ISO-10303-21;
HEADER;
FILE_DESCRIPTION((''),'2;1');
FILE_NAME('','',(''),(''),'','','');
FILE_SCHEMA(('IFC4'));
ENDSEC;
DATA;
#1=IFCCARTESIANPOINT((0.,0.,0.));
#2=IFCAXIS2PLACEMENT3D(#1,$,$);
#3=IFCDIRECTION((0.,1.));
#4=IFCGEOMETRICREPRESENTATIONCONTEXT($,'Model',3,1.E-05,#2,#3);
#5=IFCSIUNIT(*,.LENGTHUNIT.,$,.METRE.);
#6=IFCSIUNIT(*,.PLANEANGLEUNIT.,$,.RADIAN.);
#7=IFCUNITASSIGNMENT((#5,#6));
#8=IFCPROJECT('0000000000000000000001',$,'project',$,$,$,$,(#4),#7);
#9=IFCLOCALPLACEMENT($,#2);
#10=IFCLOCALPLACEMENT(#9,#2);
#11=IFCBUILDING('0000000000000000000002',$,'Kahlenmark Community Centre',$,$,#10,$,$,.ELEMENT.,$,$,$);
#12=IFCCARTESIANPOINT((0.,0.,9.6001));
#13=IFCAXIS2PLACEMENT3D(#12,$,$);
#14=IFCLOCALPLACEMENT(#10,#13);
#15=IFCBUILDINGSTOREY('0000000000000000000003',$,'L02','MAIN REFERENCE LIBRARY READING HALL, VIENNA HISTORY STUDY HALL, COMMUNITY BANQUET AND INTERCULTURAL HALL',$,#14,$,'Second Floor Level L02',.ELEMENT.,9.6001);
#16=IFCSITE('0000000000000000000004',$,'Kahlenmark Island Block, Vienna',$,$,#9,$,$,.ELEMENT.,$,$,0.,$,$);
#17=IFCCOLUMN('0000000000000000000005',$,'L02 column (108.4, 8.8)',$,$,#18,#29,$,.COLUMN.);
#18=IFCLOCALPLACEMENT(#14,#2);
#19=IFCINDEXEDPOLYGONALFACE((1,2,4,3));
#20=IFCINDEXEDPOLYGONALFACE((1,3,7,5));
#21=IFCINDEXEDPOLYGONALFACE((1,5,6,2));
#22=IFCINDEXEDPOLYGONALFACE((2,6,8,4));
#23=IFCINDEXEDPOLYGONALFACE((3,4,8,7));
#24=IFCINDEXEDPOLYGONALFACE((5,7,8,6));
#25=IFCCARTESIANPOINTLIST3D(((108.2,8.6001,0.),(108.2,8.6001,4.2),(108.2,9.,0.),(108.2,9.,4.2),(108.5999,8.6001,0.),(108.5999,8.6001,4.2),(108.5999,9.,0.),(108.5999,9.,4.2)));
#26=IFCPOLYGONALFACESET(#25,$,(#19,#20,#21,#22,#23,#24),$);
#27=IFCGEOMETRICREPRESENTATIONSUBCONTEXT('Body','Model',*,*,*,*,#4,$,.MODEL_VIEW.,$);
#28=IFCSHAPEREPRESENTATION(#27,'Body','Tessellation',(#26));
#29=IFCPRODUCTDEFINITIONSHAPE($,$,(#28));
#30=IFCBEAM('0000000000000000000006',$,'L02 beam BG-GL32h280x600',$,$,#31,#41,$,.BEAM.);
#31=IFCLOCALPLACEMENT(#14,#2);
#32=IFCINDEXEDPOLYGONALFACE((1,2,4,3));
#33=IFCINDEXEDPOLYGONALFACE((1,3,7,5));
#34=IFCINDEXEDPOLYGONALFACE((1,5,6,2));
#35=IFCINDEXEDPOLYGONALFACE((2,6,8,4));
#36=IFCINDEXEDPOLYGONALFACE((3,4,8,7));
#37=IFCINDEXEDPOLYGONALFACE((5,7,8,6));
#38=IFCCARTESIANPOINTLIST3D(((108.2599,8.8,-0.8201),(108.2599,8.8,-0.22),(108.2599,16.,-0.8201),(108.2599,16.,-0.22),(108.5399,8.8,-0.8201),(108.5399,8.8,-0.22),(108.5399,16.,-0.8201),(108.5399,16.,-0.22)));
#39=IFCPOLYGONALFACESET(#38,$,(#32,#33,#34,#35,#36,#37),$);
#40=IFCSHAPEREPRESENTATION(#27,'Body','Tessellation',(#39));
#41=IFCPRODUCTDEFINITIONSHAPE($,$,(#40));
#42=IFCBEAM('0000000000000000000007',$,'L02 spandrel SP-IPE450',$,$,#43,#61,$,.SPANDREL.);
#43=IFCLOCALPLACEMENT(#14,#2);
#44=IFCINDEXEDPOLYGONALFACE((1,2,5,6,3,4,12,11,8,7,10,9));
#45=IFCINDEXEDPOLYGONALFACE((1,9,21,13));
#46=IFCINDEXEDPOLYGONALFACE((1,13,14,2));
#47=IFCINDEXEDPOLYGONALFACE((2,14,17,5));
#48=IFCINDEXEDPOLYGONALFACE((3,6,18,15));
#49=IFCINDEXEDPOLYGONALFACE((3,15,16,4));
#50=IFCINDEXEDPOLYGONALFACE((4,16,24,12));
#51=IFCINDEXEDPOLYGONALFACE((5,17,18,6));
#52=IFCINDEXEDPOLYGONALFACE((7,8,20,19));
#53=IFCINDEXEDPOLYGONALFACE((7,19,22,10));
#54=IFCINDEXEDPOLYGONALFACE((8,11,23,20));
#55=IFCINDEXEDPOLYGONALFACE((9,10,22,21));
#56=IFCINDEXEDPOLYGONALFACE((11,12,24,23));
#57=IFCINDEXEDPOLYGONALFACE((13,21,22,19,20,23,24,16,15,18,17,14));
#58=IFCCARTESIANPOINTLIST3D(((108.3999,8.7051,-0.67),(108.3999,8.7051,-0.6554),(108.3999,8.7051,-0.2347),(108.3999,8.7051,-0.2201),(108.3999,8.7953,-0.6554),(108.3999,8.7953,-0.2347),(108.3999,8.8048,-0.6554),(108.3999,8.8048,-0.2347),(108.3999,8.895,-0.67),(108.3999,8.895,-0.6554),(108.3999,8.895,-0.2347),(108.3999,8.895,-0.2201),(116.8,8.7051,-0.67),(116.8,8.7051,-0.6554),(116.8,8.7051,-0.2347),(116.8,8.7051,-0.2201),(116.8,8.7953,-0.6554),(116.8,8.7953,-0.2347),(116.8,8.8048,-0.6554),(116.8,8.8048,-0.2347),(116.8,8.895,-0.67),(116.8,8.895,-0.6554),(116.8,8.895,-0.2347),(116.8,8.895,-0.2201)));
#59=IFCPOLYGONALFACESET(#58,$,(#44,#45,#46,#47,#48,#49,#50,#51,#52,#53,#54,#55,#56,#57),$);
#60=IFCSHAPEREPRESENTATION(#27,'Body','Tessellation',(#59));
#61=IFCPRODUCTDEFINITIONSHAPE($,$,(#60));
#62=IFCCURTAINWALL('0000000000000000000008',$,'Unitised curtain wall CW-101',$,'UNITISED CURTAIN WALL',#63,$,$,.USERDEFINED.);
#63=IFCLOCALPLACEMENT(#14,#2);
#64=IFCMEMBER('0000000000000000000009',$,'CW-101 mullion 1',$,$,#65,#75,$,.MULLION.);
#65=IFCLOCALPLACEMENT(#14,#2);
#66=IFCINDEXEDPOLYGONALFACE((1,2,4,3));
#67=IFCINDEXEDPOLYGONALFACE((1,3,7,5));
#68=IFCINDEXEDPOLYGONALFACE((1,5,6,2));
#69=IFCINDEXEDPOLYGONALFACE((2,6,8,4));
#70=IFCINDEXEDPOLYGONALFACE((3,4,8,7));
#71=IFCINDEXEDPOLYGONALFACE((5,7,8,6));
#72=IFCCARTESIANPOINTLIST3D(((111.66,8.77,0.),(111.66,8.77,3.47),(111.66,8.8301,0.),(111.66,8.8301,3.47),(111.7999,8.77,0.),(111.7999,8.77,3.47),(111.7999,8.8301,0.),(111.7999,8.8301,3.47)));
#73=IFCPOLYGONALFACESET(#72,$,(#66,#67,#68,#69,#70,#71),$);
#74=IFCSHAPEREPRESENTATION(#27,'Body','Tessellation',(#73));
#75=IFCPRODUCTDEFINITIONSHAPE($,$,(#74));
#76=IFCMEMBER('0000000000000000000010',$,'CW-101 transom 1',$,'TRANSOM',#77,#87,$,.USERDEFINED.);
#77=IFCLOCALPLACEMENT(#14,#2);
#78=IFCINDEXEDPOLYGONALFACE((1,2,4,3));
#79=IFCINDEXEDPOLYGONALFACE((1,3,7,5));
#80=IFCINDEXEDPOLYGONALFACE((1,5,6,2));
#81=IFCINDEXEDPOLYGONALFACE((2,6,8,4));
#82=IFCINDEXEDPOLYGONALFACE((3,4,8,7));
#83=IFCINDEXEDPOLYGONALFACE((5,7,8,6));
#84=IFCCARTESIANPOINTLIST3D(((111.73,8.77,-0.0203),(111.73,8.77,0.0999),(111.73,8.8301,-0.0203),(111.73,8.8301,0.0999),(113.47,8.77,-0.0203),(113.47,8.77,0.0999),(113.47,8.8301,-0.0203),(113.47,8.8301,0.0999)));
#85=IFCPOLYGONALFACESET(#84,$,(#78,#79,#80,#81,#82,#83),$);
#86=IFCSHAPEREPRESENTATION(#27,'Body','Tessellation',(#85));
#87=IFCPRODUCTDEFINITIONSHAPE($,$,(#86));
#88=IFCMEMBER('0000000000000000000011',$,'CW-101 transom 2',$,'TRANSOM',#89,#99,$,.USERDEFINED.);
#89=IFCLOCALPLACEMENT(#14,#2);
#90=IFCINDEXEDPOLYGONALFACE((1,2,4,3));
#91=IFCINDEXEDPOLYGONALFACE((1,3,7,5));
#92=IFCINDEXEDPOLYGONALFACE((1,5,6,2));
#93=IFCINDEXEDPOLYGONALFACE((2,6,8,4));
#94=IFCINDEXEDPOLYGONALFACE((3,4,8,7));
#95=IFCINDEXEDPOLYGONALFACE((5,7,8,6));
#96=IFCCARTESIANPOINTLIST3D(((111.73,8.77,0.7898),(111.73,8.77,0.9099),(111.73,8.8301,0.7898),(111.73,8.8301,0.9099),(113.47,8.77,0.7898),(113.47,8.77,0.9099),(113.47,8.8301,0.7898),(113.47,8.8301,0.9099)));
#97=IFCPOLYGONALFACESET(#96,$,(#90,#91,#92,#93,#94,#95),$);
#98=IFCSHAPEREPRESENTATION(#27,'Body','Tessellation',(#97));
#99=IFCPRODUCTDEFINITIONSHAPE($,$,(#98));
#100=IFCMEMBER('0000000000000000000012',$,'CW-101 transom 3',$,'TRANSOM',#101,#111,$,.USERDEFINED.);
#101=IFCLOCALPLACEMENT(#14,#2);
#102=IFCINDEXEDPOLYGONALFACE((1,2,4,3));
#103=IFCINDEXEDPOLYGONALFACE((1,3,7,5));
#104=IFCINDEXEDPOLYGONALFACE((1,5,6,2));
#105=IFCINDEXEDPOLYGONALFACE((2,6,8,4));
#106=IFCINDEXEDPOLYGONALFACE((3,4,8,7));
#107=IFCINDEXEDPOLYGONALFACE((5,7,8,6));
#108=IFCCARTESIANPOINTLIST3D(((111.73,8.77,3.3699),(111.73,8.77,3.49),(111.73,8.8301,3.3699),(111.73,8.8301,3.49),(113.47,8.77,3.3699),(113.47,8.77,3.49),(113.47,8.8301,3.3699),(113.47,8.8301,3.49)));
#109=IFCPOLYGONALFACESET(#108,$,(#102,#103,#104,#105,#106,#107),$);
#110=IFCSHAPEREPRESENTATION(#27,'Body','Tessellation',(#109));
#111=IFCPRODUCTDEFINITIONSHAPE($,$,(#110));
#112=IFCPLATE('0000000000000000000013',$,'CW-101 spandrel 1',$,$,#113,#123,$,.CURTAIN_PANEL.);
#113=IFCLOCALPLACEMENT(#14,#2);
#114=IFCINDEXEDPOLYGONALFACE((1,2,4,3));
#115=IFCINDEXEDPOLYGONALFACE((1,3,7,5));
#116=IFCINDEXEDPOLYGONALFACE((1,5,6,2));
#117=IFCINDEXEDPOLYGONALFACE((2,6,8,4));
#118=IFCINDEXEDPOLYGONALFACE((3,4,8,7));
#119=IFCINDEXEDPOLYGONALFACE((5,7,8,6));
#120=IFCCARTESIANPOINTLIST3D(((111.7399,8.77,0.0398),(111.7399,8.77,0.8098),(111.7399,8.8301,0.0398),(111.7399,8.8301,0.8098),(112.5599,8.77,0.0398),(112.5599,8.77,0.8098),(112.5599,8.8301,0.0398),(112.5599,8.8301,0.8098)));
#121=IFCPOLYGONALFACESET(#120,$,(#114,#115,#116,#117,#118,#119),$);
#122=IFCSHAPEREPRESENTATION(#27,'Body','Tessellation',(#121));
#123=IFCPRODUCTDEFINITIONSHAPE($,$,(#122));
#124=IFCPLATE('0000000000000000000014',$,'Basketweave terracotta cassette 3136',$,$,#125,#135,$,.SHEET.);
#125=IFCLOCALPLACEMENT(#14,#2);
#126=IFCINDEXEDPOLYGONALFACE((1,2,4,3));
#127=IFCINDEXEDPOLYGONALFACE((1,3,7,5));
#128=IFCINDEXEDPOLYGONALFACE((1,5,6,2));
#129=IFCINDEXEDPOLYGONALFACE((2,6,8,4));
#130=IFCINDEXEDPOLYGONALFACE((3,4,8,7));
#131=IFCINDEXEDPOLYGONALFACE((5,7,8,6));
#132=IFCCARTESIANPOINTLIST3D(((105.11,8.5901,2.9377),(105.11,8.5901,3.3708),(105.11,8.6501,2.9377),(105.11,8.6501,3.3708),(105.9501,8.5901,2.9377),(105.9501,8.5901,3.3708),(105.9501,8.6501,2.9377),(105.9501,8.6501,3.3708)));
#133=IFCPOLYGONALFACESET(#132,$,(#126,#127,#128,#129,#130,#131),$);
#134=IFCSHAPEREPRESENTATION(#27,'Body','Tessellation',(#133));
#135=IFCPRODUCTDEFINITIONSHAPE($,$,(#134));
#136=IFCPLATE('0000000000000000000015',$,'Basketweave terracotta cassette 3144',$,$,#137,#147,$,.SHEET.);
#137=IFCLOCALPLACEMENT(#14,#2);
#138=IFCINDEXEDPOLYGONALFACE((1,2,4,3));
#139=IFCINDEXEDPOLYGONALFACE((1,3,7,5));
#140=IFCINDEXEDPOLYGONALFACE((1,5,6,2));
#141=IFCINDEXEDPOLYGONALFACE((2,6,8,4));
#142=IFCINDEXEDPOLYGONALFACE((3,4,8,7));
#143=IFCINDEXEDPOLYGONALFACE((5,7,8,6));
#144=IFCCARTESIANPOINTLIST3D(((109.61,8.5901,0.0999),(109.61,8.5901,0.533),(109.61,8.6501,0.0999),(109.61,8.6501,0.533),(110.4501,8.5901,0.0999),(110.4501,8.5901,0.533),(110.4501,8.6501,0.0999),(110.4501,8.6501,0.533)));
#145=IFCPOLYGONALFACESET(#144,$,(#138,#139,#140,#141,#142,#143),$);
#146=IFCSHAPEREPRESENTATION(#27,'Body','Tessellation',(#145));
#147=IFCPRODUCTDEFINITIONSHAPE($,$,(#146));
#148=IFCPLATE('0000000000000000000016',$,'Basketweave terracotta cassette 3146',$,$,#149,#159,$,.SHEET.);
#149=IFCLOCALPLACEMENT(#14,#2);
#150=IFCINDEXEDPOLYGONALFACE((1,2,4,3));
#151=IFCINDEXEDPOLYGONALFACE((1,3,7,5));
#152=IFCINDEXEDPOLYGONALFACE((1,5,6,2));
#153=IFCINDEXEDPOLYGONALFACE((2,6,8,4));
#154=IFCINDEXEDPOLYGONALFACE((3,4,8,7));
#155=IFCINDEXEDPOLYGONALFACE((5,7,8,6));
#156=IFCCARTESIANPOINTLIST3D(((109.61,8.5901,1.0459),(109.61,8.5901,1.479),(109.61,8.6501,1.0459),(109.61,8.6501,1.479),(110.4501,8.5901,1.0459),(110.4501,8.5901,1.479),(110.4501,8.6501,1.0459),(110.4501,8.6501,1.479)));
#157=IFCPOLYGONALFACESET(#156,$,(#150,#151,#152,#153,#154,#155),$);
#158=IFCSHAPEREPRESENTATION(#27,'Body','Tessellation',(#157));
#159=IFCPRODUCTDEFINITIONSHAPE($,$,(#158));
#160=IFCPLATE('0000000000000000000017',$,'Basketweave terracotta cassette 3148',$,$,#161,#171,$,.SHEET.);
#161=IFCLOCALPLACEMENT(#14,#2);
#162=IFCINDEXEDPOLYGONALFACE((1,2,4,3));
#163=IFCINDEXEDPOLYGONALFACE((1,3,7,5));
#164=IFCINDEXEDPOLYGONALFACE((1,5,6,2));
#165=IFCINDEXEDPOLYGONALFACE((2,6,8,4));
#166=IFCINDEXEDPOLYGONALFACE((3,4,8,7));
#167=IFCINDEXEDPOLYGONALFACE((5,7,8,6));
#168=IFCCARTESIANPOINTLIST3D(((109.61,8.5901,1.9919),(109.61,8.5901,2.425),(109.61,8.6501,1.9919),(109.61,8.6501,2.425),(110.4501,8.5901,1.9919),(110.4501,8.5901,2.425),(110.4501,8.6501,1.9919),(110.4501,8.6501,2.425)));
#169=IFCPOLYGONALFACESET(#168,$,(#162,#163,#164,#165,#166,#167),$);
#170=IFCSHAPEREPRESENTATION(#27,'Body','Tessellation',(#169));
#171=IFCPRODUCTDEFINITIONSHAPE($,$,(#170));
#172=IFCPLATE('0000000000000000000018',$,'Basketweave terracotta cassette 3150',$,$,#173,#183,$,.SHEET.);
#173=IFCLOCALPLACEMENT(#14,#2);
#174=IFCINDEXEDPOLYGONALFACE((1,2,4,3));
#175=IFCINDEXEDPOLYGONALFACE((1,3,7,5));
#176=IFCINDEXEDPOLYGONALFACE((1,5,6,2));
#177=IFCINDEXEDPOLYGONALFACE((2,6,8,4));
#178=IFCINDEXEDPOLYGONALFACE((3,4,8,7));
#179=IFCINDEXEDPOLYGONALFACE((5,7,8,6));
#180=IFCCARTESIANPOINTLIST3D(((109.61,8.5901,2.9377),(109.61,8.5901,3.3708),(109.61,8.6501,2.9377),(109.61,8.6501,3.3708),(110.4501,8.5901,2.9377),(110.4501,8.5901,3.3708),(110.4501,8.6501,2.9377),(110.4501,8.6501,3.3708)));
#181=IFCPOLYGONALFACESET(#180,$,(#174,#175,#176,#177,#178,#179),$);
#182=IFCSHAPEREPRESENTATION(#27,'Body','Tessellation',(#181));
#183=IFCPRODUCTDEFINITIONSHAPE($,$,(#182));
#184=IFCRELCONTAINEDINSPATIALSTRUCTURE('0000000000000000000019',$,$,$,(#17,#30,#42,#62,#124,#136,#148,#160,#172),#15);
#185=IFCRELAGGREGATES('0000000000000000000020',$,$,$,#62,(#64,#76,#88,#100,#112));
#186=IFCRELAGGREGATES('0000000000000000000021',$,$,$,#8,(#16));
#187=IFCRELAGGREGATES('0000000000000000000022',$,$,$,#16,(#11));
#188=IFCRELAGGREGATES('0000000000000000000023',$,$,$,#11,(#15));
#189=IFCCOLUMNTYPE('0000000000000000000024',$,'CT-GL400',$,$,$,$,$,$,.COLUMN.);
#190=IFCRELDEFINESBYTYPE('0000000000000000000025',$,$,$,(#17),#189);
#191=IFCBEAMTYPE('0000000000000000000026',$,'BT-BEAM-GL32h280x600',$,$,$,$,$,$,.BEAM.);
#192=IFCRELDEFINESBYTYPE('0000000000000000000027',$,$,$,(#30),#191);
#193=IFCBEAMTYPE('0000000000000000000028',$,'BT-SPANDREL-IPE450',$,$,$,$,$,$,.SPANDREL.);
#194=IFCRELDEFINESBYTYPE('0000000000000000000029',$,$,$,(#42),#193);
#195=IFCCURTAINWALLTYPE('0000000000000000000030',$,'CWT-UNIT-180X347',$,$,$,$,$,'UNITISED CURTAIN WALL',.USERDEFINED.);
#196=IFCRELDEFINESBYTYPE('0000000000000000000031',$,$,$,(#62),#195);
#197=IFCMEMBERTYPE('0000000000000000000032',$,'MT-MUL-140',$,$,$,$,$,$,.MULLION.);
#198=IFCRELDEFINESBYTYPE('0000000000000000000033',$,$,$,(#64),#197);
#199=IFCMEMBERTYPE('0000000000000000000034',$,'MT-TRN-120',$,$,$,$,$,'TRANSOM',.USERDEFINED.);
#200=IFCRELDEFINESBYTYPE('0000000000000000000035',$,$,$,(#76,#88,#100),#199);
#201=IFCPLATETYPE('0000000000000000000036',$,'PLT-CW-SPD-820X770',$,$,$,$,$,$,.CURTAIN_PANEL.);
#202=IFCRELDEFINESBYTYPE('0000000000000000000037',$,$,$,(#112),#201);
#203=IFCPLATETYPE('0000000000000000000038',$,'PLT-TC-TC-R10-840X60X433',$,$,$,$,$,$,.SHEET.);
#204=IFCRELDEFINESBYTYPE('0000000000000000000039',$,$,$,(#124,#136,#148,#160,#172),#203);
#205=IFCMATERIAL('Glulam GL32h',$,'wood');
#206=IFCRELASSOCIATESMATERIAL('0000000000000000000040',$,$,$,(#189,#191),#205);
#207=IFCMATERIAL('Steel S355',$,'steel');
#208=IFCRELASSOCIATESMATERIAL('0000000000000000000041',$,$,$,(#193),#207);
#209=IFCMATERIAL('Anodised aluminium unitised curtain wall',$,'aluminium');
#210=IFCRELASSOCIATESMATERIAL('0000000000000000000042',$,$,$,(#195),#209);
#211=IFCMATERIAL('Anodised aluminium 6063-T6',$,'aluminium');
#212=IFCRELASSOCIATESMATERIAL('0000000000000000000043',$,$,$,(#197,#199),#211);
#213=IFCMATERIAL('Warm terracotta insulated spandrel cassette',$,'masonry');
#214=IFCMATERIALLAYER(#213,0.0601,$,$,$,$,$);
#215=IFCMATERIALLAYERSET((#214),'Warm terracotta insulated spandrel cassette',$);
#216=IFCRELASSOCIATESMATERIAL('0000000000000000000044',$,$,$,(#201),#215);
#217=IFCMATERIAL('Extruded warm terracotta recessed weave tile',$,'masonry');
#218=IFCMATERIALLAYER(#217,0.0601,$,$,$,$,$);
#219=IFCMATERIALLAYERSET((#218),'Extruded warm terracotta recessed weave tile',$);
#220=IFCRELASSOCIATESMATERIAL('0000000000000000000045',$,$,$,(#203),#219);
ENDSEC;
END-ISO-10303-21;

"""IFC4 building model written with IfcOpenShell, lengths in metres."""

from ifc_helpers import new_model, si_unit, direction, frame, origin, origin_2d, place, context, subcontext, project, spatial, rectangle, i_section, extrude, material, layer, layer_set, material_profile, profile_set, type_object, element, aggregate, save


model = new_model("IFC4")

# Units and contexts
model_context = context("Model", 3, precision=1e-05, world=origin(), true_north=direction((0.0, 1.0)))
body_context = subcontext(model_context, "Body", "Model", "MODEL_VIEW")
ifc_project = project(units=[si_unit("LENGTHUNIT", "METRE"), si_unit("PLANEANGLEUNIT", "RADIAN")], contexts=[model_context])

# Site, building, storey
site_placement = place(None, origin())
site = spatial("IfcSite", under=ifc_project, at=site_placement, Name="Kahlenmark Island Block, Vienna", CompositionType="ELEMENT", RefElevation=0.0)
building_placement = place(site_placement, origin())
building = spatial("IfcBuilding", under=site, at=building_placement, Name="Kahlenmark Community Centre", CompositionType="ELEMENT")
storey_placement = place(building_placement, frame((0.0, 0.0, 9.6001)))
storey = spatial("IfcBuildingStorey", under=building, at=storey_placement, Name="L02", Description="MAIN REFERENCE LIBRARY READING HALL, VIENNA HISTORY STUDY HALL, COMMUNITY BANQUET AND INTERCULTURAL HALL", LongName="Second Floor Level L02", CompositionType="ELEMENT", Elevation=9.6001)

# Column
ifc_material_1 = material(Name="Glulam GL32h", Category="wood")
ifc_material_profile_1 = material_profile(ifc_material_1, rectangle(XDim=0.3999, YDim=0.3999, at=origin_2d()), Name="GL32h 400x400")
ifc_profile_set_1 = profile_set([ifc_material_profile_1], Name="Glulam GL32h")
column_type = type_object("IfcColumnType", Name="CT-GL400", PredefinedType="COLUMN", material=ifc_profile_set_1)
column_placement = place(storey_placement, frame((108.3999, 8.8, 0.0), z_axis=(0.0, 0.0, 1.0), x_axis=(1.0, 0.0, 0.0)))
element("IfcColumn", 1, at=column_placement, inside=storey, type_object=column_type, Name="L02 column (108.4, 8.8)", PredefinedType="COLUMN", context=body_context, shape_type="SweptSolid", body=[
    extrude(rectangle(XDim=0.3999, YDim=0.3999, at=origin_2d()), origin(), (0.0, 0.0, 1.0), 4.2),
])

# Beams
ifc_material_profile_2 = material_profile(ifc_material_1, rectangle(XDim=0.28, YDim=0.6001, at=origin_2d()), Name="GL32h 280x600")
ifc_profile_set_2 = profile_set([ifc_material_profile_2], Name="Glulam GL32h")
beam_type_1 = type_object("IfcBeamType", Name="BT-BEAM-GL32h280x600", PredefinedType="BEAM", material=ifc_profile_set_2)
beam_1_placement = place(storey_placement, frame((108.3999, 8.8, -0.52), z_axis=(0.0, 1.0, 0.0), x_axis=(-1.0, 0.0, 0.0)))
element("IfcBeam", 2, at=beam_1_placement, inside=storey, type_object=beam_type_1, Name="L02 beam BG-GL32h280x600", PredefinedType="BEAM", context=body_context, shape_type="SweptSolid", body=[
    extrude(rectangle(XDim=0.28, YDim=0.6001, at=origin_2d()), origin(), (0.0, 0.0, 1.0), 7.2),
])
ifc_material_2 = material(Name="Steel S355", Category="steel")
ifc_material_profile_3 = material_profile(ifc_material_2, i_section(OverallWidth=0.1899, OverallDepth=0.45, WebThickness=0.0095, FlangeThickness=0.0146, at=origin_2d()), Name="IPE 450")
ifc_profile_set_3 = profile_set([ifc_material_profile_3], Name="Steel S355")
beam_type_2 = type_object("IfcBeamType", Name="BT-SPANDREL-IPE450", PredefinedType="SPANDREL", material=ifc_profile_set_3)
beam_2_placement = place(storey_placement, frame((108.3999, 8.8, -0.4451), z_axis=(1.0, 0.0, 0.0), x_axis=(0.0, 1.0, 0.0)))
element("IfcBeam", 3, at=beam_2_placement, inside=storey, type_object=beam_type_2, Name="L02 spandrel SP-IPE450", PredefinedType="SPANDREL", context=body_context, shape_type="SweptSolid", body=[
    extrude(i_section(OverallWidth=0.1899, OverallDepth=0.45, WebThickness=0.0095, FlangeThickness=0.0146, at=origin_2d()), origin(), (0.0, 0.0, 1.0), 8.4001),
])

# Curtain wall, members, plate
ifc_material_3 = material(Name="Anodised aluminium unitised curtain wall", Category="aluminium")
curtain_wall_type = type_object("IfcCurtainWallType", Name="CWT-UNIT-180X347", ElementType="UNITISED CURTAIN WALL", PredefinedType="USERDEFINED", material=ifc_material_3)
curtain_wall_placement = place(storey_placement, origin())
curtain_wall = element("IfcCurtainWall", 4, at=curtain_wall_placement, inside=storey, type_object=curtain_wall_type, Name="Unitised curtain wall CW-101", ObjectType="UNITISED CURTAIN WALL", PredefinedType="USERDEFINED")
ifc_material_4 = material(Name="Anodised aluminium 6063-T6", Category="aluminium")
ifc_material_profile_4 = material_profile(ifc_material_4, rectangle(XDim=0.0601, YDim=0.1399, at=origin_2d()), Name="ALU MULLION 60x140")
ifc_profile_set_4 = profile_set([ifc_material_profile_4], Name="Anodised aluminium 6063-T6")
member_type_1 = type_object("IfcMemberType", Name="MT-MUL-140", PredefinedType="MULLION", material=ifc_profile_set_4)
member_1_placement = place(storey_placement, frame((111.73, 8.8, 0.0), z_axis=(0.0, 0.0, 1.0), x_axis=(0.0, 1.0, 0.0)))
member_1 = element("IfcMember", 5, at=member_1_placement, type_object=member_type_1, Name="CW-101 mullion 1", PredefinedType="MULLION", context=body_context, shape_type="SweptSolid", body=[
    extrude(rectangle(XDim=0.0601, YDim=0.1399, at=origin_2d()), origin(), (0.0, 0.0, 1.0), 3.47),
])
ifc_material_profile_5 = material_profile(ifc_material_4, rectangle(XDim=0.0601, YDim=0.1201, at=origin_2d()), Name="ALU TRANSOM 60x120")
ifc_profile_set_5 = profile_set([ifc_material_profile_5], Name="Anodised aluminium 6063-T6")
member_type_2 = type_object("IfcMemberType", Name="MT-TRN-120", ElementType="TRANSOM", PredefinedType="USERDEFINED", material=ifc_profile_set_5)
member_2_placement = place(storey_placement, frame((111.73, 8.8, 0.0398), z_axis=(1.0, 0.0, 0.0), x_axis=(0.0, 1.0, 0.0)))
member_2 = element("IfcMember", 6, at=member_2_placement, type_object=member_type_2, Name="CW-101 transom 1", ObjectType="TRANSOM", PredefinedType="USERDEFINED", context=body_context, shape_type="SweptSolid", body=[
    extrude(rectangle(XDim=0.0601, YDim=0.1201, at=origin_2d()), origin(), (0.0, 0.0, 1.0), 1.74),
])
member_3_placement = place(storey_placement, frame((111.73, 8.8, 0.8499), z_axis=(1.0, 0.0, 0.0), x_axis=(0.0, 1.0, 0.0)))
member_3 = element("IfcMember", 7, at=member_3_placement, type_object=member_type_2, Name="CW-101 transom 2", ObjectType="TRANSOM", PredefinedType="USERDEFINED", context=body_context, shape_type="SweptSolid", body=[
    extrude(rectangle(XDim=0.0601, YDim=0.1201, at=origin_2d()), origin(), (0.0, 0.0, 1.0), 1.74),
])
member_4_placement = place(storey_placement, frame((111.73, 8.8, 3.4299), z_axis=(1.0, 0.0, 0.0), x_axis=(0.0, 1.0, 0.0)))
member_4 = element("IfcMember", 8, at=member_4_placement, type_object=member_type_2, Name="CW-101 transom 3", ObjectType="TRANSOM", PredefinedType="USERDEFINED", context=body_context, shape_type="SweptSolid", body=[
    extrude(rectangle(XDim=0.0601, YDim=0.1201, at=origin_2d()), origin(), (0.0, 0.0, 1.0), 1.74),
])
ifc_material_5 = material(Name="Warm terracotta insulated spandrel cassette", Category="masonry")
ifc_layer_1 = layer(ifc_material_5, 0.0601)
ifc_layer_set_1 = layer_set([ifc_layer_1], Name="Warm terracotta insulated spandrel cassette")
plate_type_1 = type_object("IfcPlateType", Name="PLT-CW-SPD-820X770", PredefinedType="CURTAIN_PANEL", material=ifc_layer_set_1)
plate_placement = place(storey_placement, frame((112.1499, 8.8, 0.0398), z_axis=(0.0, 0.0, 1.0), x_axis=(1.0, 0.0, 0.0)))
plate = element("IfcPlate", 9, at=plate_placement, type_object=plate_type_1, Name="CW-101 spandrel 1", PredefinedType="CURTAIN_PANEL", context=body_context, shape_type="SweptSolid", body=[
    extrude(rectangle(XDim=0.8201, YDim=0.0601, at=origin_2d()), origin(), (0.0, 0.0, 1.0), 0.77),
])
aggregate(curtain_wall, [member_1, member_2, member_3, member_4, plate])

# Plates
ifc_material_6 = material(Name="Extruded warm terracotta recessed weave tile", Category="masonry")
ifc_layer_2 = layer(ifc_material_6, 0.0601)
ifc_layer_set_2 = layer_set([ifc_layer_2], Name="Extruded warm terracotta recessed weave tile")
plate_type_2 = type_object("IfcPlateType", Name="PLT-TC-TC-R10-840X60X433", PredefinedType="SHEET", material=ifc_layer_set_2)
for number, where, z_axis, x_axis, name in (
    (10, (105.53, 8.6201, 2.9377), (0.0, 0.0, 1.0), (1.0, 0.0, 0.0), "Basketweave terracotta cassette 3136"),
    (11, (110.03, 8.6201, 0.0999), (0.0, 0.0, 1.0), (1.0, 0.0, 0.0), "Basketweave terracotta cassette 3144"),
    (12, (110.03, 8.6201, 1.0459), (0.0, 0.0, 1.0), (1.0, 0.0, 0.0), "Basketweave terracotta cassette 3146"),
    (13, (110.03, 8.6201, 1.9919), (0.0, 0.0, 1.0), (1.0, 0.0, 0.0), "Basketweave terracotta cassette 3148"),
    (14, (110.03, 8.6201, 2.9377), (0.0, 0.0, 1.0), (1.0, 0.0, 0.0), "Basketweave terracotta cassette 3150"),
):
    element("IfcPlate", number, at=place(storey_placement, frame(where, z_axis=z_axis, x_axis=x_axis)), inside=storey, type_object=plate_type_2, Name=name, PredefinedType="SHEET", context=body_context, shape_type="SweptSolid", body=[
        extrude(rectangle(XDim=0.8401, YDim=0.0601, at=origin_2d()), origin(), (0.0, 0.0, 1.0), 0.4331),
    ])

save(model, "model.ifc")
